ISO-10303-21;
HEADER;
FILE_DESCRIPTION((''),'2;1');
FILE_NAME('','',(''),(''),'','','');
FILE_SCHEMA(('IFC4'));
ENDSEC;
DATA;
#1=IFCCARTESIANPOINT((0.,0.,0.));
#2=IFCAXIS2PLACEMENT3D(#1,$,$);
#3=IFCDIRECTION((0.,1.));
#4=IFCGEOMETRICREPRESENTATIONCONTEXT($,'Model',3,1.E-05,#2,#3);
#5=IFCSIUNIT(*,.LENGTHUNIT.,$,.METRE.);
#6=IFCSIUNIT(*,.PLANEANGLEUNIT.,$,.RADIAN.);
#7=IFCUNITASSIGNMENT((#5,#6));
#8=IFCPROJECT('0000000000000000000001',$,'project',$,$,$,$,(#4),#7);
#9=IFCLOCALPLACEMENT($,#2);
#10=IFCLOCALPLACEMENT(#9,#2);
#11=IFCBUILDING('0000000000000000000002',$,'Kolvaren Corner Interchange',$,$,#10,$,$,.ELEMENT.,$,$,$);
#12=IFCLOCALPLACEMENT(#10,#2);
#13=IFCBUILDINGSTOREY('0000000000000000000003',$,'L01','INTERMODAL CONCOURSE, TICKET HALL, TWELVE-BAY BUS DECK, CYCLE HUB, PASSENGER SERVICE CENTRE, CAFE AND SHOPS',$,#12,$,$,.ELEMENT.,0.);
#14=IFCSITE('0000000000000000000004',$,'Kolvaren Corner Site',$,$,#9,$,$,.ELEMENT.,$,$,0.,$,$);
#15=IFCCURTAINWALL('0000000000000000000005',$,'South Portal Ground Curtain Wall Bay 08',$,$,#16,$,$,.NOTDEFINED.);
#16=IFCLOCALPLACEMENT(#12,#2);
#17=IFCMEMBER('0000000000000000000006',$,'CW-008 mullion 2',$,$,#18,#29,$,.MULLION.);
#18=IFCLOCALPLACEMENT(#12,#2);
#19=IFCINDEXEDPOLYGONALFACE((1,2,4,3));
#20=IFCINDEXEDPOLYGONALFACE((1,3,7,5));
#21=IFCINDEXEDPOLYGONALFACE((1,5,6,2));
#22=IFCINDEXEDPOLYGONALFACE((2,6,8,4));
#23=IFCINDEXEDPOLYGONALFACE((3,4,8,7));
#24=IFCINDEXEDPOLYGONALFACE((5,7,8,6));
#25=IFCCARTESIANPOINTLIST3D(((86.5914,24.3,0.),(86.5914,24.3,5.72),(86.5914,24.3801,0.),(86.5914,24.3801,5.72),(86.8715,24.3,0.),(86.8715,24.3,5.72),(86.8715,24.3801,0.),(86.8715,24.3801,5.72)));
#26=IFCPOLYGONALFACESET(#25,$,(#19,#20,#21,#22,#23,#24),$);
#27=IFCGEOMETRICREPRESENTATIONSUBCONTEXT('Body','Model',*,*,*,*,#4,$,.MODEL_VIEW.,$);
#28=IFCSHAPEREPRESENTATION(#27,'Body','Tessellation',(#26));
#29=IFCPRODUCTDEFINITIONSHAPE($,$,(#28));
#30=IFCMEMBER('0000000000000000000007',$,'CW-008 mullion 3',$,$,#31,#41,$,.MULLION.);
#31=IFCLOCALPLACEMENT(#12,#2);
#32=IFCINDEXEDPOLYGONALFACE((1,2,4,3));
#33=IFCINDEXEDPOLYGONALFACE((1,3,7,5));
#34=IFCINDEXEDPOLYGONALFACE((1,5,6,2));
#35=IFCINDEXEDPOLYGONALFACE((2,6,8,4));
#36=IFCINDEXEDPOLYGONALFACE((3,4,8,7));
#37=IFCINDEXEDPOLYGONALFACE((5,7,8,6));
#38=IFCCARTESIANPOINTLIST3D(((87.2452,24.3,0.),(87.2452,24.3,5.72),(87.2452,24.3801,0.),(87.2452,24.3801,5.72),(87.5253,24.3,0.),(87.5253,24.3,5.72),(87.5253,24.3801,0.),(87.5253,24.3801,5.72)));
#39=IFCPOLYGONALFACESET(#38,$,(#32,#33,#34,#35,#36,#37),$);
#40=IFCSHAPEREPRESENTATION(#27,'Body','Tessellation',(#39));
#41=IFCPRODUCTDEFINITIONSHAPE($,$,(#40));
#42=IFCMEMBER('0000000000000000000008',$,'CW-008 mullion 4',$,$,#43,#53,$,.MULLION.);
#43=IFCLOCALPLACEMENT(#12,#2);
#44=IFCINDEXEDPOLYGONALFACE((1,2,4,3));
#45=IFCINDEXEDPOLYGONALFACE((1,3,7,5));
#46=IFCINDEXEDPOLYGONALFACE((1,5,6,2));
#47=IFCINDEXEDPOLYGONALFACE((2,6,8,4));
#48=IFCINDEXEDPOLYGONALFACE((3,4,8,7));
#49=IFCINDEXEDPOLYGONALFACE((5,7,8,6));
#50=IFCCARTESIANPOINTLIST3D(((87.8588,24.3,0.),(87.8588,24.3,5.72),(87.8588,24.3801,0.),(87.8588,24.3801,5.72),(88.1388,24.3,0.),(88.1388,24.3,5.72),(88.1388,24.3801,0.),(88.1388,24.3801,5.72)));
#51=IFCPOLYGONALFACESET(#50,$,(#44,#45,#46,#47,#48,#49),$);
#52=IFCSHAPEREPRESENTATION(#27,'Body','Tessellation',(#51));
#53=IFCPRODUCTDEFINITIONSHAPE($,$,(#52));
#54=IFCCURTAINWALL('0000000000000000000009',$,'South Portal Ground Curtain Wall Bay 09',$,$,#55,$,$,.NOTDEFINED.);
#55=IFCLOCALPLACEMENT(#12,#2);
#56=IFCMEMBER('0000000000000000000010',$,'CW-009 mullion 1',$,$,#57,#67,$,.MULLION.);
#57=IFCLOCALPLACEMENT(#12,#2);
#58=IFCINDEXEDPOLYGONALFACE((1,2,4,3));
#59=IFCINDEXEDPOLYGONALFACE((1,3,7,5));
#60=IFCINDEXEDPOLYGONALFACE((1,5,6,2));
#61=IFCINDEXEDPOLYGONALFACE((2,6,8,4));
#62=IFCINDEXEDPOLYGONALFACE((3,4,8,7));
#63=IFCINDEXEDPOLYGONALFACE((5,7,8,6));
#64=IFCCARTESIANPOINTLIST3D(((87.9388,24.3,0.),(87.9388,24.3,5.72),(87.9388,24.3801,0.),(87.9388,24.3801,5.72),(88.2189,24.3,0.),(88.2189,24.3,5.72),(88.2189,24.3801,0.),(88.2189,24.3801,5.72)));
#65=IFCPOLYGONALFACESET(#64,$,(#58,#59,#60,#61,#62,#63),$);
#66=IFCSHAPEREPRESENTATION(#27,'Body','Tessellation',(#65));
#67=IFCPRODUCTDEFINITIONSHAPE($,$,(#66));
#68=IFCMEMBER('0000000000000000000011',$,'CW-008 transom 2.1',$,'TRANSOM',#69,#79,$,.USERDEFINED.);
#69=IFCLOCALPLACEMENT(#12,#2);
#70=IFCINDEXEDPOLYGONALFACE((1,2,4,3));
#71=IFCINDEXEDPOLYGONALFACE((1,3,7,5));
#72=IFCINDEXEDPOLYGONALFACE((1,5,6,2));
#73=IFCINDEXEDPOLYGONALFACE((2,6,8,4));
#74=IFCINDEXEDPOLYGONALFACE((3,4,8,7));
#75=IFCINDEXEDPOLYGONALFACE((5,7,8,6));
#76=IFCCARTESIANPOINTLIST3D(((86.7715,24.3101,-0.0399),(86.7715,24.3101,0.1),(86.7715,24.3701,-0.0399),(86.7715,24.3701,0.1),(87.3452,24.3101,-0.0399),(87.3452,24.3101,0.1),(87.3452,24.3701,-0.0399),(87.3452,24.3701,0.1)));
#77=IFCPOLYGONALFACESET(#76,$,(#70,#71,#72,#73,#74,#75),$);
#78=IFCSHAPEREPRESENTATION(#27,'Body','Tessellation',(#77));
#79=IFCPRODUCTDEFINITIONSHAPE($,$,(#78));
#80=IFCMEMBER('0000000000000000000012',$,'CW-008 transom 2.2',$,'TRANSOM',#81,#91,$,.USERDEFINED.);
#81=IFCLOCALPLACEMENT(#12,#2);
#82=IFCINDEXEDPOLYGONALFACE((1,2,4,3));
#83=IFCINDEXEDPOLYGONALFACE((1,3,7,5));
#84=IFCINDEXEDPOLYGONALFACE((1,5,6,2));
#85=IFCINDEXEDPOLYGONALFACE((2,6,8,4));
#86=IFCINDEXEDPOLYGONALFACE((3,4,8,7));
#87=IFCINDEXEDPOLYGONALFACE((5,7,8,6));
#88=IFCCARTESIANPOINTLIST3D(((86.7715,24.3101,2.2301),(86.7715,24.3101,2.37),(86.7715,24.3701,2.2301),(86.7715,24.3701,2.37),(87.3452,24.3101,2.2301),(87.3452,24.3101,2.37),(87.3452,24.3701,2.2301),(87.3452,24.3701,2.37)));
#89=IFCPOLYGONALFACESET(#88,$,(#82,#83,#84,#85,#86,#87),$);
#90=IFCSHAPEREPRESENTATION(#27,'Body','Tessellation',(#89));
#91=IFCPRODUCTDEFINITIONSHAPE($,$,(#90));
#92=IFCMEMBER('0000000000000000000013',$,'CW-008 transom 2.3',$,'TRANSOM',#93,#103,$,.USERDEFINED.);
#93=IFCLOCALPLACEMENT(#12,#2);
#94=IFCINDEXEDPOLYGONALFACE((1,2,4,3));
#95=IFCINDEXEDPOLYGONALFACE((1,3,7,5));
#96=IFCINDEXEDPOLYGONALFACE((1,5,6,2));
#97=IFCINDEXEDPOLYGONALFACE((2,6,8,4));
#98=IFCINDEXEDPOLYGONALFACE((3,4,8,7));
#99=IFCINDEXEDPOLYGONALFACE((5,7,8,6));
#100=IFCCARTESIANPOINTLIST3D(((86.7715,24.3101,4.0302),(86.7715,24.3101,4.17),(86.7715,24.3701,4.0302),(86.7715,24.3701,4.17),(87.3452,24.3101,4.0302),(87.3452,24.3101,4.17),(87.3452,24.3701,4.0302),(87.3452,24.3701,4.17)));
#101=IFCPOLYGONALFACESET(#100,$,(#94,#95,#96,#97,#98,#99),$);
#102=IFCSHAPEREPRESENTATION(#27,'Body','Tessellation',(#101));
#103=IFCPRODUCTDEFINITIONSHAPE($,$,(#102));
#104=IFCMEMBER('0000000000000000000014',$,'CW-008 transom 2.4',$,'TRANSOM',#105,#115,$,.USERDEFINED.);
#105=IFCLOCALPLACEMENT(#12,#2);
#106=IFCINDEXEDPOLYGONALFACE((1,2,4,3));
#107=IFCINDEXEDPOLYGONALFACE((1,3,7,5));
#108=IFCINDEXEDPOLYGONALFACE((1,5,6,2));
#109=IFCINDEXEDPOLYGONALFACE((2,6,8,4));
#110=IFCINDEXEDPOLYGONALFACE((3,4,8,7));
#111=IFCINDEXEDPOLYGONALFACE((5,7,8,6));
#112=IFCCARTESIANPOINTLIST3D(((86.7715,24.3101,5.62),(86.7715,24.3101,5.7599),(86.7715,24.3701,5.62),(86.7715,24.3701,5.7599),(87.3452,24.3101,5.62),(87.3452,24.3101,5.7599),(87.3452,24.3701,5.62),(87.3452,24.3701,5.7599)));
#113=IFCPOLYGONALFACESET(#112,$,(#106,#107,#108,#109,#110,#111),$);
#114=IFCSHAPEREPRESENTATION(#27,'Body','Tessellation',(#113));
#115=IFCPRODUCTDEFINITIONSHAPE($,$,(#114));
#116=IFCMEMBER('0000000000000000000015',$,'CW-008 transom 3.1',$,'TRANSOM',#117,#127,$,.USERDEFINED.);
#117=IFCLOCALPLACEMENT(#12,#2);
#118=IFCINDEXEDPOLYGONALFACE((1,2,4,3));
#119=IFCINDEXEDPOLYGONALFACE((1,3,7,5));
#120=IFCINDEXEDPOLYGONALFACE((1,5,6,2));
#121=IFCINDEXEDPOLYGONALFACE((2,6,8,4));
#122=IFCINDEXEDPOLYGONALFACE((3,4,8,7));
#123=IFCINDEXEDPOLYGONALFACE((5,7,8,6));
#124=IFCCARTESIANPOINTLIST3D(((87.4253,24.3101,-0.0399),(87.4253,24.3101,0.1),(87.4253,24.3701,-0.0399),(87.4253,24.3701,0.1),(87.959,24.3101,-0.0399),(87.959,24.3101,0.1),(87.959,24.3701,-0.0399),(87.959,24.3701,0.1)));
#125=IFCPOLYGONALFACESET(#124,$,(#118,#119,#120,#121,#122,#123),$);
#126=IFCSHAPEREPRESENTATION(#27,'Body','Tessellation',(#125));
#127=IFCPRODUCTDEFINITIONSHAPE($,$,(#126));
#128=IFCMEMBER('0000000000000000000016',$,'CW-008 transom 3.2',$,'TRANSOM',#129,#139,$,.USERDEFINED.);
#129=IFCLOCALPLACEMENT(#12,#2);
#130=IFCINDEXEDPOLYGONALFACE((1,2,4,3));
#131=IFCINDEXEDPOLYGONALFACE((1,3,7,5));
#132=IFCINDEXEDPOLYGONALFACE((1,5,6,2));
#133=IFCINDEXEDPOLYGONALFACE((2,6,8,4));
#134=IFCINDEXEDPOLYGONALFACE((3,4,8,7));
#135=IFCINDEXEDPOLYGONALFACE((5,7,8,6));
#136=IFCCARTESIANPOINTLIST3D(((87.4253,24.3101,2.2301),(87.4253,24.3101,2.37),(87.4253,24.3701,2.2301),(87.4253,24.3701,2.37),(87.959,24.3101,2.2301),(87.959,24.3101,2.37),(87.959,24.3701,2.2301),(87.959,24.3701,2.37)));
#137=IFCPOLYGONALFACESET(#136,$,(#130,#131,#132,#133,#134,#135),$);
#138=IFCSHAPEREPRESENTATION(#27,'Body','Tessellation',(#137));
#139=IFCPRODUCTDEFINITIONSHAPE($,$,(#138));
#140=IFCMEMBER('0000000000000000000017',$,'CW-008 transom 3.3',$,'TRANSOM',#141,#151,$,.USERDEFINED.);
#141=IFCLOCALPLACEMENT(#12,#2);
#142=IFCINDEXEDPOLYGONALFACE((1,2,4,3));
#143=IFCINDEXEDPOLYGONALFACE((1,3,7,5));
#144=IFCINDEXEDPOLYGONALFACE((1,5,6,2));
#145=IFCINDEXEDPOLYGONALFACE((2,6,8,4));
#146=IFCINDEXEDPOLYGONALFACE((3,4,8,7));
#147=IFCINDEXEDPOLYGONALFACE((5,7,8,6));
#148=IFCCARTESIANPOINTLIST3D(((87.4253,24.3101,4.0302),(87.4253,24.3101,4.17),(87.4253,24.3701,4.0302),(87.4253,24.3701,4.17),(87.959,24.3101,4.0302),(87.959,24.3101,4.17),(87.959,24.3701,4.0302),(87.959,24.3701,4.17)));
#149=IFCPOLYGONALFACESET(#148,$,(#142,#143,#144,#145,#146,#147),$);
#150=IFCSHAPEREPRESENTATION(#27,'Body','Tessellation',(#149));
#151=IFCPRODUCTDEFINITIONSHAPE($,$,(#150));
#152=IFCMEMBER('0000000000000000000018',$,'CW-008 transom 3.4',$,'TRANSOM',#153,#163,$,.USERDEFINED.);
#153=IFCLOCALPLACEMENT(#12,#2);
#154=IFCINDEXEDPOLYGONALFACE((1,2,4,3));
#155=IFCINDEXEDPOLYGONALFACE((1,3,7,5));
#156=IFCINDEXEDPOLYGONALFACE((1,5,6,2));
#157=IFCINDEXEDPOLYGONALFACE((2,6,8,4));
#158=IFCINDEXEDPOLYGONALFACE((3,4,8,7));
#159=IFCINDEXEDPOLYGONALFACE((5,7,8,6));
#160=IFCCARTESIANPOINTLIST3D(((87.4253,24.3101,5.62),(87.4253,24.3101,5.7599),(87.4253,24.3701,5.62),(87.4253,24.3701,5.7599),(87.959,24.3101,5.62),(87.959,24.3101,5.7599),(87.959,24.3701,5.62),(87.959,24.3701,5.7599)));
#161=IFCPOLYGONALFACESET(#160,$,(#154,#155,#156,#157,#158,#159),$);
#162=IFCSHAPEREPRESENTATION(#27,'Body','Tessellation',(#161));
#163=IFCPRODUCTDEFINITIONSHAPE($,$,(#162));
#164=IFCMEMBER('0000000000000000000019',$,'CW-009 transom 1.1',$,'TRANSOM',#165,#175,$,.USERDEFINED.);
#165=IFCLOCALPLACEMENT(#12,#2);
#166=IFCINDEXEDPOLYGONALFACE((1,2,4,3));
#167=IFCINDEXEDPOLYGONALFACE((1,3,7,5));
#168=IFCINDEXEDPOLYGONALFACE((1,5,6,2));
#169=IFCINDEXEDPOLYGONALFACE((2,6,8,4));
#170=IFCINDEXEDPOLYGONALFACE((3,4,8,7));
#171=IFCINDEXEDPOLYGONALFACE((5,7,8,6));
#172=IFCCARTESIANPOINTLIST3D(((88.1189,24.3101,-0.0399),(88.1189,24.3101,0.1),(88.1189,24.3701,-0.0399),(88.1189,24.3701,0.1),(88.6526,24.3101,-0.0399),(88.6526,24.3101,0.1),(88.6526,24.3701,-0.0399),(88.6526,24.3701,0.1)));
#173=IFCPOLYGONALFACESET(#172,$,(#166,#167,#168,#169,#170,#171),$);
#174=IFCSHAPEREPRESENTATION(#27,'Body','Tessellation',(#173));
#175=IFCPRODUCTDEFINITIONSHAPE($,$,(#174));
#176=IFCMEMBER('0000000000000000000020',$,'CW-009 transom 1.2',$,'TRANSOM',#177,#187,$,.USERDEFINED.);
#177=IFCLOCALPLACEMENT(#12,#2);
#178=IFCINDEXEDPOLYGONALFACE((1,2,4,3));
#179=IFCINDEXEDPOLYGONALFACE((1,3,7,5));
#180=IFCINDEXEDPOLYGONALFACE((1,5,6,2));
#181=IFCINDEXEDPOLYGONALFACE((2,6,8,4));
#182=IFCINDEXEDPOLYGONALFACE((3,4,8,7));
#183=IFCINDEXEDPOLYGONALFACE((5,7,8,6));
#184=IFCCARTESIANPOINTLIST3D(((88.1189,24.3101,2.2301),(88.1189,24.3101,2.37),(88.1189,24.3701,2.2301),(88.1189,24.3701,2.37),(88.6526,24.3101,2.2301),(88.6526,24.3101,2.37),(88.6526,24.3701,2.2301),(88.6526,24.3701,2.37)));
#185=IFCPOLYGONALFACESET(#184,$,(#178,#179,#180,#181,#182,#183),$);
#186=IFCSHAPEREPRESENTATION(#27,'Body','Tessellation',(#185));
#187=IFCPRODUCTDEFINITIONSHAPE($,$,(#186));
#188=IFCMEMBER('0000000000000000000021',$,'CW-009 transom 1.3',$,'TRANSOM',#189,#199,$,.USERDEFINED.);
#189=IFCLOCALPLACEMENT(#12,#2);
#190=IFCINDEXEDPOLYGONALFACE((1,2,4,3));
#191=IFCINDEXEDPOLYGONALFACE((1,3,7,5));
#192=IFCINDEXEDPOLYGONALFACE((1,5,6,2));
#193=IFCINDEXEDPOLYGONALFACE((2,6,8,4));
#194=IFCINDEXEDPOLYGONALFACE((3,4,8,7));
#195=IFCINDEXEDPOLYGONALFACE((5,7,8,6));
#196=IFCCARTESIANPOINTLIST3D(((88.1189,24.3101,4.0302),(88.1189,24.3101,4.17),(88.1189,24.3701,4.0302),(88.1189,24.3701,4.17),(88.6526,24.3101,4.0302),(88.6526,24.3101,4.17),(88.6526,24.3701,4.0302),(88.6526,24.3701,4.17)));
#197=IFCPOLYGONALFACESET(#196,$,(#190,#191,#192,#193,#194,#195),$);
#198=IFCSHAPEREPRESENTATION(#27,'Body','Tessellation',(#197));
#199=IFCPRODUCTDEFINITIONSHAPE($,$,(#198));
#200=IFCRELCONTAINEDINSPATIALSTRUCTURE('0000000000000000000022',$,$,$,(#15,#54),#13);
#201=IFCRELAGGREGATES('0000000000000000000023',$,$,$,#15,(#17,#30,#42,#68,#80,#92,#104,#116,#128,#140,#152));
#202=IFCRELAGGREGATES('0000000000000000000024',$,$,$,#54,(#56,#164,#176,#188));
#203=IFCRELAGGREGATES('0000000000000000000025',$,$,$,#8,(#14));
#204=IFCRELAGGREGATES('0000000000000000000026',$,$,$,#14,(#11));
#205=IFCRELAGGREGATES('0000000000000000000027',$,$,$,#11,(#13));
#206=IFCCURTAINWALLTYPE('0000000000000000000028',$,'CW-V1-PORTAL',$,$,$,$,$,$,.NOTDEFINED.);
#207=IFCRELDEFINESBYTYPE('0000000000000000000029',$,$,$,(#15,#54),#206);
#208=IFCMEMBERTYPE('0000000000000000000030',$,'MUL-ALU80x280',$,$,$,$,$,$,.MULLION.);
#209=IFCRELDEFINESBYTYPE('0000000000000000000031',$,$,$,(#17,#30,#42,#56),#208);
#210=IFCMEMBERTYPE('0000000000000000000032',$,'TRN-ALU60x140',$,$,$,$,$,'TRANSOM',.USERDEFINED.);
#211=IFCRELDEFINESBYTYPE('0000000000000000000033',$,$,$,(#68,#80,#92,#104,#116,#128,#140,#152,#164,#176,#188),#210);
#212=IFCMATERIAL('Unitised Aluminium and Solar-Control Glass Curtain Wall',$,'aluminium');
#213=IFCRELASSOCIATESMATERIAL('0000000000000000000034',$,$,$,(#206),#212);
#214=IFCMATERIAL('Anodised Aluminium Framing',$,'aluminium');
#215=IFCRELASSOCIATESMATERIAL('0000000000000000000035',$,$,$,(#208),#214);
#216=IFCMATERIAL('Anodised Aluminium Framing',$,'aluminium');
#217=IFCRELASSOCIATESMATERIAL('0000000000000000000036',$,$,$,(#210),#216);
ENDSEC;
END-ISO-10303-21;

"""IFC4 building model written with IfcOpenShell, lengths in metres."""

from ifc_helpers import new_model, si_unit, direction, frame, origin, origin_2d, place, context, subcontext, project, spatial, rectangle, extrude, material, material_profile, profile_set, type_object, element, aggregate, save


model = new_model("IFC4")

# Units and contexts
model_context = context("Model", 3, precision=1e-05, world=origin(), true_north=direction((0.0, 1.0)))
body_context = subcontext(model_context, "Body", "Model", "MODEL_VIEW")
ifc_project = project(units=[si_unit("LENGTHUNIT", "METRE"), si_unit("PLANEANGLEUNIT", "RADIAN")], contexts=[model_context])

# Site, building, storey
site_placement = place(None, origin())
site = spatial("IfcSite", under=ifc_project, at=site_placement, Name="Kolvaren Corner Site", CompositionType="ELEMENT", RefElevation=0.0)
building_placement = place(site_placement, origin())
building = spatial("IfcBuilding", under=site, at=building_placement, Name="Kolvaren Corner Interchange", CompositionType="ELEMENT")
storey_placement = place(building_placement, origin())
storey = spatial("IfcBuildingStorey", under=building, at=storey_placement, Name="L01", Description="INTERMODAL CONCOURSE, TICKET HALL, TWELVE-BAY BUS DECK, CYCLE HUB, PASSENGER SERVICE CENTRE, CAFE AND SHOPS", CompositionType="ELEMENT", Elevation=0.0)

# Curtain wall, members
ifc_material_1 = material(Name="Unitised Aluminium and Solar-Control Glass Curtain Wall", Category="aluminium")
curtain_wall_type = type_object("IfcCurtainWallType", Name="CW-V1-PORTAL", PredefinedType="NOTDEFINED", material=ifc_material_1)
curtain_wall_1_placement = place(storey_placement, origin())
curtain_wall_1 = element("IfcCurtainWall", 1, at=curtain_wall_1_placement, inside=storey, type_object=curtain_wall_type, Name="South Portal Ground Curtain Wall Bay 08", PredefinedType="NOTDEFINED")
ifc_material_2 = material(Name="Anodised Aluminium Framing", Category="aluminium")
ifc_material_profile_1 = material_profile(ifc_material_2, rectangle(XDim=0.0801, YDim=0.28, at=origin_2d()), Name="ALU 80x280")
ifc_profile_set_1 = profile_set([ifc_material_profile_1], Name="Anodised Aluminium Framing")
member_type_1 = type_object("IfcMemberType", Name="MUL-ALU80x280", PredefinedType="MULLION", material=ifc_profile_set_1)
member_1_placement = place(storey_placement, frame((86.7314, 24.3401, 0.0), z_axis=(0.0, 0.0, 1.0), x_axis=(0.0, 1.0, 0.0)))
member_1 = element("IfcMember", 2, at=member_1_placement, type_object=member_type_1, Name="CW-008 mullion 2", PredefinedType="MULLION", context=body_context, shape_type="SweptSolid", body=[
    extrude(rectangle(XDim=0.0801, YDim=0.28, at=origin_2d()), origin(), (0.0, 0.0, 1.0), 5.72),
])
member_2_placement = place(storey_placement, frame((87.3853, 24.3401, 0.0), z_axis=(0.0, 0.0, 1.0), x_axis=(0.0, 1.0, 0.0)))
member_2 = element("IfcMember", 3, at=member_2_placement, type_object=member_type_1, Name="CW-008 mullion 3", PredefinedType="MULLION", context=body_context, shape_type="SweptSolid", body=[
    extrude(rectangle(XDim=0.0801, YDim=0.28, at=origin_2d()), origin(), (0.0, 0.0, 1.0), 5.72),
])
member_3_placement = place(storey_placement, frame((87.9988, 24.3401, 0.0), z_axis=(0.0, 0.0, 1.0), x_axis=(0.0, 1.0, 0.0)))
member_3 = element("IfcMember", 4, at=member_3_placement, type_object=member_type_1, Name="CW-008 mullion 4", PredefinedType="MULLION", context=body_context, shape_type="SweptSolid", body=[
    extrude(rectangle(XDim=0.0801, YDim=0.28, at=origin_2d()), origin(), (0.0, 0.0, 1.0), 5.72),
])

# Curtain wall, member
curtain_wall_2_placement = place(storey_placement, origin())
curtain_wall_2 = element("IfcCurtainWall", 5, at=curtain_wall_2_placement, inside=storey, type_object=curtain_wall_type, Name="South Portal Ground Curtain Wall Bay 09", PredefinedType="NOTDEFINED")
member_4_placement = place(storey_placement, frame((88.0789, 24.3401, 0.0), z_axis=(0.0, 0.0, 1.0), x_axis=(0.0, 1.0, 0.0)))
member_4 = element("IfcMember", 6, at=member_4_placement, type_object=member_type_1, Name="CW-009 mullion 1", PredefinedType="MULLION", context=body_context, shape_type="SweptSolid", body=[
    extrude(rectangle(XDim=0.0801, YDim=0.28, at=origin_2d()), origin(), (0.0, 0.0, 1.0), 5.72),
])

# Members
ifc_material_3 = material(Name="Anodised Aluminium Framing", Category="aluminium")
ifc_material_profile_2 = material_profile(ifc_material_3, rectangle(XDim=0.0601, YDim=0.1399, at=origin_2d()), Name="ALU 60x140")
ifc_profile_set_2 = profile_set([ifc_material_profile_2], Name="Anodised Aluminium Framing")
member_type_2 = type_object("IfcMemberType", Name="TRN-ALU60x140", ElementType="TRANSOM", PredefinedType="USERDEFINED", material=ifc_profile_set_2)
member_5_placement = place(storey_placement, frame((86.7715, 24.3401, 0.03), z_axis=(1.0, 0.0, 0.0), x_axis=(0.0, 1.0, 0.0)))
member_5 = element("IfcMember", 7, at=member_5_placement, type_object=member_type_2, Name="CW-008 transom 2.1", ObjectType="TRANSOM", PredefinedType="USERDEFINED", context=body_context, shape_type="SweptSolid", body=[
    extrude(rectangle(XDim=0.0601, YDim=0.1399, at=origin_2d()), origin(), (0.0, 0.0, 1.0), 0.5737),
])
member_6_placement = place(storey_placement, frame((86.7715, 24.3401, 2.3), z_axis=(1.0, 0.0, 0.0), x_axis=(0.0, 1.0, 0.0)))
member_6 = element("IfcMember", 8, at=member_6_placement, type_object=member_type_2, Name="CW-008 transom 2.2", ObjectType="TRANSOM", PredefinedType="USERDEFINED", context=body_context, shape_type="SweptSolid", body=[
    extrude(rectangle(XDim=0.0601, YDim=0.1399, at=origin_2d()), origin(), (0.0, 0.0, 1.0), 0.5737),
])
member_7_placement = place(storey_placement, frame((86.7715, 24.3401, 4.1001), z_axis=(1.0, 0.0, 0.0), x_axis=(0.0, 1.0, 0.0)))
member_7 = element("IfcMember", 9, at=member_7_placement, type_object=member_type_2, Name="CW-008 transom 2.3", ObjectType="TRANSOM", PredefinedType="USERDEFINED", context=body_context, shape_type="SweptSolid", body=[
    extrude(rectangle(XDim=0.0601, YDim=0.1399, at=origin_2d()), origin(), (0.0, 0.0, 1.0), 0.5737),
])
member_8_placement = place(storey_placement, frame((86.7715, 24.3401, 5.6899), z_axis=(1.0, 0.0, 0.0), x_axis=(0.0, 1.0, 0.0)))
member_8 = element("IfcMember", 10, at=member_8_placement, type_object=member_type_2, Name="CW-008 transom 2.4", ObjectType="TRANSOM", PredefinedType="USERDEFINED", context=body_context, shape_type="SweptSolid", body=[
    extrude(rectangle(XDim=0.0601, YDim=0.1399, at=origin_2d()), origin(), (0.0, 0.0, 1.0), 0.5737),
])
member_9_placement = place(storey_placement, frame((87.4253, 24.3401, 0.03), z_axis=(1.0, 0.0, 0.0), x_axis=(0.0, 1.0, 0.0)))
member_9 = element("IfcMember", 11, at=member_9_placement, type_object=member_type_2, Name="CW-008 transom 3.1", ObjectType="TRANSOM", PredefinedType="USERDEFINED", context=body_context, shape_type="SweptSolid", body=[
    extrude(rectangle(XDim=0.0601, YDim=0.1399, at=origin_2d()), origin(), (0.0, 0.0, 1.0), 0.5337),
])
member_10_placement = place(storey_placement, frame((87.4253, 24.3401, 2.3), z_axis=(1.0, 0.0, 0.0), x_axis=(0.0, 1.0, 0.0)))
member_10 = element("IfcMember", 12, at=member_10_placement, type_object=member_type_2, Name="CW-008 transom 3.2", ObjectType="TRANSOM", PredefinedType="USERDEFINED", context=body_context, shape_type="SweptSolid", body=[
    extrude(rectangle(XDim=0.0601, YDim=0.1399, at=origin_2d()), origin(), (0.0, 0.0, 1.0), 0.5337),
])
member_11_placement = place(storey_placement, frame((87.4253, 24.3401, 4.1001), z_axis=(1.0, 0.0, 0.0), x_axis=(0.0, 1.0, 0.0)))
member_11 = element("IfcMember", 13, at=member_11_placement, type_object=member_type_2, Name="CW-008 transom 3.3", ObjectType="TRANSOM", PredefinedType="USERDEFINED", context=body_context, shape_type="SweptSolid", body=[
    extrude(rectangle(XDim=0.0601, YDim=0.1399, at=origin_2d()), origin(), (0.0, 0.0, 1.0), 0.5337),
])
member_12_placement = place(storey_placement, frame((87.4253, 24.3401, 5.6899), z_axis=(1.0, 0.0, 0.0), x_axis=(0.0, 1.0, 0.0)))
member_12 = element("IfcMember", 14, at=member_12_placement, type_object=member_type_2, Name="CW-008 transom 3.4", ObjectType="TRANSOM", PredefinedType="USERDEFINED", context=body_context, shape_type="SweptSolid", body=[
    extrude(rectangle(XDim=0.0601, YDim=0.1399, at=origin_2d()), origin(), (0.0, 0.0, 1.0), 0.5337),
])
member_13_placement = place(storey_placement, frame((88.1189, 24.3401, 0.03), z_axis=(1.0, 0.0, 0.0), x_axis=(0.0, 1.0, 0.0)))
member_13 = element("IfcMember", 15, at=member_13_placement, type_object=member_type_2, Name="CW-009 transom 1.1", ObjectType="TRANSOM", PredefinedType="USERDEFINED", context=body_context, shape_type="SweptSolid", body=[
    extrude(rectangle(XDim=0.0601, YDim=0.1399, at=origin_2d()), origin(), (0.0, 0.0, 1.0), 0.5337),
])
member_14_placement = place(storey_placement, frame((88.1189, 24.3401, 2.3), z_axis=(1.0, 0.0, 0.0), x_axis=(0.0, 1.0, 0.0)))
member_14 = element("IfcMember", 16, at=member_14_placement, type_object=member_type_2, Name="CW-009 transom 1.2", ObjectType="TRANSOM", PredefinedType="USERDEFINED", context=body_context, shape_type="SweptSolid", body=[
    extrude(rectangle(XDim=0.0601, YDim=0.1399, at=origin_2d()), origin(), (0.0, 0.0, 1.0), 0.5337),
])
member_15_placement = place(storey_placement, frame((88.1189, 24.3401, 4.1001), z_axis=(1.0, 0.0, 0.0), x_axis=(0.0, 1.0, 0.0)))
member_15 = element("IfcMember", 17, at=member_15_placement, type_object=member_type_2, Name="CW-009 transom 1.3", ObjectType="TRANSOM", PredefinedType="USERDEFINED", context=body_context, shape_type="SweptSolid", body=[
    extrude(rectangle(XDim=0.0601, YDim=0.1399, at=origin_2d()), origin(), (0.0, 0.0, 1.0), 0.5337),
])

aggregate(curtain_wall_1, [member_1, member_2, member_3, member_5, member_6, member_7, member_8, member_9, member_10, member_11, member_12])
aggregate(curtain_wall_2, [member_4, member_13, member_14, member_15])

save(model, "model.ifc")
